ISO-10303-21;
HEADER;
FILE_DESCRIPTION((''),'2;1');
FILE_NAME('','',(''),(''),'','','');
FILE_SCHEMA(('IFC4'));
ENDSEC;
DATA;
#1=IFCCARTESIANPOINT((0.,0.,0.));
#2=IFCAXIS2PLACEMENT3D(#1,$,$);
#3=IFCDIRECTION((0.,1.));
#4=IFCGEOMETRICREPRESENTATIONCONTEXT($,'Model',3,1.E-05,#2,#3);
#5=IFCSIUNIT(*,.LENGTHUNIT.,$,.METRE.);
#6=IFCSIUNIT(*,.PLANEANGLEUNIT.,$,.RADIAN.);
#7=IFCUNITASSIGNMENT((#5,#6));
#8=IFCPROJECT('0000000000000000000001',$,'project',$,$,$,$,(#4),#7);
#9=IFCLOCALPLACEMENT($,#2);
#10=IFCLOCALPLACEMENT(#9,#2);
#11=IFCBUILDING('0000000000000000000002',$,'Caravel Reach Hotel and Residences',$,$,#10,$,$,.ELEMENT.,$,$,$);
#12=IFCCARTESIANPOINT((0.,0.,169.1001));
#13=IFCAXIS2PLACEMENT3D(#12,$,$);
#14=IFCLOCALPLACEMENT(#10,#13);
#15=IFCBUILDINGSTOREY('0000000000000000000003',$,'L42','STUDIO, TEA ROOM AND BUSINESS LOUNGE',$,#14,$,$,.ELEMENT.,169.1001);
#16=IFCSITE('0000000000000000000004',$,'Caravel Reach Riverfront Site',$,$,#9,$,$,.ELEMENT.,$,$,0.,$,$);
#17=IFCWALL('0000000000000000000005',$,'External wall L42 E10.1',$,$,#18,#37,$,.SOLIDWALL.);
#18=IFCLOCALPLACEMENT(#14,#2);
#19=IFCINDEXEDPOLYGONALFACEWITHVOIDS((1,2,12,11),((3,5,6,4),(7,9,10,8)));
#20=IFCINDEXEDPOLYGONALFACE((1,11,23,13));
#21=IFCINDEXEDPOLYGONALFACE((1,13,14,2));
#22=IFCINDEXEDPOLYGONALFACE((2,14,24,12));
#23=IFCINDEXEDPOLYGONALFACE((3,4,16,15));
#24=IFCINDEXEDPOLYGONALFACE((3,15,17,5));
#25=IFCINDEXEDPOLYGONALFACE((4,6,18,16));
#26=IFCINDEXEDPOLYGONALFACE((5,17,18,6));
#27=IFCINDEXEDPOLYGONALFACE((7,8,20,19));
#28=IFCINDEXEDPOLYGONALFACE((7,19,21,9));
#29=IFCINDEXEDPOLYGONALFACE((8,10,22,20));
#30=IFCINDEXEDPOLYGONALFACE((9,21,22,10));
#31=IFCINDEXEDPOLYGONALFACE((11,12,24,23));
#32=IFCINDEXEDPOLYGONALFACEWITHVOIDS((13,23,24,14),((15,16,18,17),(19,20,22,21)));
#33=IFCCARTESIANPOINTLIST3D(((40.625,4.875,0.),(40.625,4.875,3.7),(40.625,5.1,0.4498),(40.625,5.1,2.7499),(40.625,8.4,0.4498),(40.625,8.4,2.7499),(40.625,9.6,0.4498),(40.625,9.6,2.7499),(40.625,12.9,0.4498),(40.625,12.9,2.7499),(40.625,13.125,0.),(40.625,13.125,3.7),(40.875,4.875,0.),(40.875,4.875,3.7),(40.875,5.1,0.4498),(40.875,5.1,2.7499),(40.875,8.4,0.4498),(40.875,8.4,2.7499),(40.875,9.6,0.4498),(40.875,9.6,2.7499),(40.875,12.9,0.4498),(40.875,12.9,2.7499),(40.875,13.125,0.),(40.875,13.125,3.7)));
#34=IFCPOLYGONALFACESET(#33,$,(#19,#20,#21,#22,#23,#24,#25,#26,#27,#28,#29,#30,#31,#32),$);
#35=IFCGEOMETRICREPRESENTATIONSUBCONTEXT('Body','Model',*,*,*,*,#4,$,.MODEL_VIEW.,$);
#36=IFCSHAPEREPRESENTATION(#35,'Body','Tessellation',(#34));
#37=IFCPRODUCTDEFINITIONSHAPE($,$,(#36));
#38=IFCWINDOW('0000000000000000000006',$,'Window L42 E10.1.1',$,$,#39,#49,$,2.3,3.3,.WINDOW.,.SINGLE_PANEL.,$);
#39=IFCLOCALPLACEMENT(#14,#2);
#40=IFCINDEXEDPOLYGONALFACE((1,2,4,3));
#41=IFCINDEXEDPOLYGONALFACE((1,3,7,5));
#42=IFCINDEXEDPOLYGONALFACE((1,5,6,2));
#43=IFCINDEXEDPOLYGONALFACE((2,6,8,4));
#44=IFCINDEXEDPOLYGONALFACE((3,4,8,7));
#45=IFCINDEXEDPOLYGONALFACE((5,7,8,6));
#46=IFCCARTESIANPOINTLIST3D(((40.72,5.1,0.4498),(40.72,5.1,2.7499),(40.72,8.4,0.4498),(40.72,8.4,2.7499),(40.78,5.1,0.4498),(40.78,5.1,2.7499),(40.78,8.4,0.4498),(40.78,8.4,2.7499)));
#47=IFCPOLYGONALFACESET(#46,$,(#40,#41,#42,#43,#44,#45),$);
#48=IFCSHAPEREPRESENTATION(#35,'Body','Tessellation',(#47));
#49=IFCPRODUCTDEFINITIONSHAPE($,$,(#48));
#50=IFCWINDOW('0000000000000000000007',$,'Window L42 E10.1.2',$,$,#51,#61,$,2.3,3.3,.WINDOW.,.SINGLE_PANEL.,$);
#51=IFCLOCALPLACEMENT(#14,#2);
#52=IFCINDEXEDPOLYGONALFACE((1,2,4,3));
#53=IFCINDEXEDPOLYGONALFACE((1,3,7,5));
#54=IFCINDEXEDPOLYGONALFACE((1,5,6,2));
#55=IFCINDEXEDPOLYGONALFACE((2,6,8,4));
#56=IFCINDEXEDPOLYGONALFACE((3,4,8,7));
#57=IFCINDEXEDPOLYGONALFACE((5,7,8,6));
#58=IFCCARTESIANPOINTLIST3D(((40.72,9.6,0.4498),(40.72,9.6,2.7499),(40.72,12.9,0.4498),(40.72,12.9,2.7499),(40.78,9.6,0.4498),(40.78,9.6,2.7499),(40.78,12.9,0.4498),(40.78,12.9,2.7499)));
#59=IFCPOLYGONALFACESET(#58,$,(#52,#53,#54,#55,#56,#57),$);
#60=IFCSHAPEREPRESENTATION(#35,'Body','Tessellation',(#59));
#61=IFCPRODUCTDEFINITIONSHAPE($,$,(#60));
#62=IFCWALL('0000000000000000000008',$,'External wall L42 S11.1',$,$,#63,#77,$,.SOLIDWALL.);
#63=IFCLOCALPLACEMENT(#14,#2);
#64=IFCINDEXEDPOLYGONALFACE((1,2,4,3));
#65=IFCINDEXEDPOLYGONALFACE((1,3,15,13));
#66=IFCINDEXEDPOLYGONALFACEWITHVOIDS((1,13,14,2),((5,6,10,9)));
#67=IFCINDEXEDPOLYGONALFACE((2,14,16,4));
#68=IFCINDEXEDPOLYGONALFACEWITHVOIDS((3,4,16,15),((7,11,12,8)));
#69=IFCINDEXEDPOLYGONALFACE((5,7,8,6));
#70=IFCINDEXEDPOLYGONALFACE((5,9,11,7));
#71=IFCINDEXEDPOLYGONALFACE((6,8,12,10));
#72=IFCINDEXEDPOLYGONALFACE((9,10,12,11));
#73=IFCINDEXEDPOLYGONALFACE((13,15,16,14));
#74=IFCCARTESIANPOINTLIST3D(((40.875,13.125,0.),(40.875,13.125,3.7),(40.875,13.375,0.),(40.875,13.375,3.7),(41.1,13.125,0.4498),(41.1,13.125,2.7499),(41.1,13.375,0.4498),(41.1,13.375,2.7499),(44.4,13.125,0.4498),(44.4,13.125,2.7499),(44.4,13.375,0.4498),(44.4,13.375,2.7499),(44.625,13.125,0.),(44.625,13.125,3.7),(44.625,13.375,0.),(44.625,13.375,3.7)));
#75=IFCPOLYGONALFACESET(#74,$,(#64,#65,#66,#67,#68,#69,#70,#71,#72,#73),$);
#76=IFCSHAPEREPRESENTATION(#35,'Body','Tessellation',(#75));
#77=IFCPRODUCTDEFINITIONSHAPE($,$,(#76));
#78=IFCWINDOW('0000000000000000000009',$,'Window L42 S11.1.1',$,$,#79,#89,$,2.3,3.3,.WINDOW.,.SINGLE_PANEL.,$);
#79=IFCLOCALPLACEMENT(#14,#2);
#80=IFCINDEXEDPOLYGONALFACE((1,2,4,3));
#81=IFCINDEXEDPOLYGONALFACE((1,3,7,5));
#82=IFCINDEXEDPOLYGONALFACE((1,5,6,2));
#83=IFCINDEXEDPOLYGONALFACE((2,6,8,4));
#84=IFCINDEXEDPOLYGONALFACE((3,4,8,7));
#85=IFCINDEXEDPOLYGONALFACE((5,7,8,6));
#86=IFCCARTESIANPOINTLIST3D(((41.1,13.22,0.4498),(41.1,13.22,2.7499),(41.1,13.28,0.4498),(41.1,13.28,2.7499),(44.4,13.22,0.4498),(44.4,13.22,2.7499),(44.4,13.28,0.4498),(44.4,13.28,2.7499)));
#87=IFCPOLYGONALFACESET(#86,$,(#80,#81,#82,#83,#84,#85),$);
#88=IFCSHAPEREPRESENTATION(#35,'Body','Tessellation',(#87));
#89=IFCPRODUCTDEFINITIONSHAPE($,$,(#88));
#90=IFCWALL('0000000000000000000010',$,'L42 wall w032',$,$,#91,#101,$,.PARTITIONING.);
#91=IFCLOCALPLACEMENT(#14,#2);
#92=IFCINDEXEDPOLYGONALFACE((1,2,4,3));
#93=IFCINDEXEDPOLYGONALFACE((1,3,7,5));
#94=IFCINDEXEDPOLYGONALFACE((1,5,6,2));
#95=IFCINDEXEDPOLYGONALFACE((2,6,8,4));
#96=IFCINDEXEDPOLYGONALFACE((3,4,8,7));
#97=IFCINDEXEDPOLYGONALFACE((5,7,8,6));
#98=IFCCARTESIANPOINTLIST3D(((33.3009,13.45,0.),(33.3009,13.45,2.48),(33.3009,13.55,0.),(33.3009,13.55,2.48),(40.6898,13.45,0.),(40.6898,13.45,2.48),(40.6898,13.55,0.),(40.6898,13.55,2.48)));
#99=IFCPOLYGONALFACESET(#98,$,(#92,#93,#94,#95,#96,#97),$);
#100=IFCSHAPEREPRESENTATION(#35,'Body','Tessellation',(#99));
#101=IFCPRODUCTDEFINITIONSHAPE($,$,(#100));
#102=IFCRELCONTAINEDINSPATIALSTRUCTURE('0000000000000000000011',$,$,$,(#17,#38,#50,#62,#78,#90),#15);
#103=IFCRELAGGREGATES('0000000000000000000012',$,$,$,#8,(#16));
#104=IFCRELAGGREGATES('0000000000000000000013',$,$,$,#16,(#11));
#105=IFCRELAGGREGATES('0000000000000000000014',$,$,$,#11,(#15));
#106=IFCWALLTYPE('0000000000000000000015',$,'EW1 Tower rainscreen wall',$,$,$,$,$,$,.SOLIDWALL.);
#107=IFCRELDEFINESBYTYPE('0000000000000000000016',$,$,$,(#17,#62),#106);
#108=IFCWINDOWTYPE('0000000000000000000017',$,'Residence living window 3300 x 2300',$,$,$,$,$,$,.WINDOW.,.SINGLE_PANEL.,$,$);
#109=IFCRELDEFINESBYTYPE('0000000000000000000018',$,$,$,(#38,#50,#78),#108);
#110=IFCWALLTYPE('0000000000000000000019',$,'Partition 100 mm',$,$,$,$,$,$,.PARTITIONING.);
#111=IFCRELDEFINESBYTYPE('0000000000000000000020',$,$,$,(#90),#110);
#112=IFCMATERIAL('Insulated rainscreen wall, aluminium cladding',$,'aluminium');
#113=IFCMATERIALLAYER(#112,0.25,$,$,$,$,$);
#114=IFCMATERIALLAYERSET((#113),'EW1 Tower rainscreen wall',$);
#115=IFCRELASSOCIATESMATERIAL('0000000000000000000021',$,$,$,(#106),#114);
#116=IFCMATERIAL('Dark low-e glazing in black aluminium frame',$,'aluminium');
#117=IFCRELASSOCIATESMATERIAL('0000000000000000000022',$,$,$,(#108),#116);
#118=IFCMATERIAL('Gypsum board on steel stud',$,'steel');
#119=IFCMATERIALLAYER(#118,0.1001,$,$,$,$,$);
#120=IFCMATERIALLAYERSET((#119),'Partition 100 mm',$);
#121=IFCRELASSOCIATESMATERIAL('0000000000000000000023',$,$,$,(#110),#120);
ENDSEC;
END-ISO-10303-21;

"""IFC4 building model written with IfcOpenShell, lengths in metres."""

from ifc_helpers import new_model, si_unit, direction, frame, frame_2d, origin, place, context, subcontext, project, spatial, rectangle, extrude, material, layer, layer_set, type_object, element, fill, save


model = new_model("IFC4")

# Units and contexts
model_context = context("Model", 3, precision=1e-05, world=origin(), true_north=direction((0.0, 1.0)))
body_context = subcontext(model_context, "Body", "Model", "MODEL_VIEW")
ifc_project = project(units=[si_unit("LENGTHUNIT", "METRE"), si_unit("PLANEANGLEUNIT", "RADIAN")], contexts=[model_context])

# Site, building, storey
site_placement = place(None, origin())
site = spatial("IfcSite", under=ifc_project, at=site_placement, Name="Caravel Reach Riverfront Site", CompositionType="ELEMENT", RefElevation=0.0)
building_placement = place(site_placement, origin())
building = spatial("IfcBuilding", under=site, at=building_placement, Name="Caravel Reach Hotel and Residences", CompositionType="ELEMENT")
storey_placement = place(building_placement, frame((0.0, 0.0, 169.1001)))
storey = spatial("IfcBuildingStorey", under=building, at=storey_placement, Name="L42", Description="STUDIO, TEA ROOM AND BUSINESS LOUNGE", CompositionType="ELEMENT", Elevation=169.1001)

# Wall, openings, windows
ifc_material_1 = material(Name="Insulated rainscreen wall, aluminium cladding", Category="aluminium")
ifc_layer_1 = layer(ifc_material_1, 0.25)
ifc_layer_set_1 = layer_set([ifc_layer_1], Name="EW1 Tower rainscreen wall")
wall_type_1 = type_object("IfcWallType", Name="EW1 Tower rainscreen wall", PredefinedType="SOLIDWALL", material=ifc_layer_set_1)
wall_1_placement = place(storey_placement, frame((40.75, 4.875, 0.0), z_axis=(0.0, 0.0, 1.0), x_axis=(0.0, 1.0, 0.0)))
wall_1 = element("IfcWall", 1, at=wall_1_placement, inside=storey, type_object=wall_type_1, Name="External wall L42 E10.1", PredefinedType="SOLIDWALL", context=body_context, shape_type="SweptSolid", body=[
    extrude(rectangle(XDim=8.25, YDim=0.25, at=frame_2d((4.125, 0.0))), origin(), (0.0, 0.0, 1.0), 3.7),
])
opening_1_placement = place(wall_1_placement, frame((0.2251, 0.0, 0.45)))
opening_1 = element("IfcOpeningElement", 2, at=opening_1_placement, cuts=wall_1, PredefinedType="OPENING", context=body_context, shape_type="SweptSolid", body=[
    extrude(rectangle(XDim=3.3, YDim=2.3, at=frame_2d((1.6499, 1.1499))), frame((0.0, 0.135, 0.0), z_axis=(0.0, -1.0, 0.0), x_axis=(1.0, 0.0, 0.0)), (0.0, 0.0, 1.0), 0.27),
])
opening_2_placement = place(wall_1_placement, frame((4.7251, 0.0, 0.45)))
opening_2 = element("IfcOpeningElement", 3, at=opening_2_placement, cuts=wall_1, PredefinedType="OPENING", context=body_context, shape_type="SweptSolid", body=[
    extrude(rectangle(XDim=3.3, YDim=2.3, at=frame_2d((1.6499, 1.1499))), frame((0.0, 0.135, 0.0), z_axis=(0.0, -1.0, 0.0), x_axis=(1.0, 0.0, 0.0)), (0.0, 0.0, 1.0), 0.27),
])
ifc_material_2 = material(Name="Dark low-e glazing in black aluminium frame", Category="aluminium")
window_type = type_object("IfcWindowType", Name="Residence living window 3300 x 2300", PartitioningType="SINGLE_PANEL", PredefinedType="WINDOW", material=ifc_material_2)
window_1_placement = place(opening_1_placement, origin())
window_1 = element("IfcWindow", 4, at=window_1_placement, inside=storey, type_object=window_type, Name="Window L42 E10.1.1", OverallHeight=2.3, OverallWidth=3.3, PartitioningType="SINGLE_PANEL", PredefinedType="WINDOW", context=body_context, shape_type="SweptSolid", body=[
    extrude(rectangle(XDim=3.3, YDim=2.3, at=frame_2d((1.6499, 1.1499))), frame((0.0, 0.03, 0.0), z_axis=(0.0, -1.0, 0.0), x_axis=(1.0, 0.0, 0.0)), (0.0, 0.0, 1.0), 0.0601),
])
fill(opening_1, window_1)
window_2_placement = place(opening_2_placement, origin())
window_2 = element("IfcWindow", 5, at=window_2_placement, inside=storey, type_object=window_type, Name="Window L42 E10.1.2", OverallHeight=2.3, OverallWidth=3.3, PartitioningType="SINGLE_PANEL", PredefinedType="WINDOW", context=body_context, shape_type="SweptSolid", body=[
    extrude(rectangle(XDim=3.3, YDim=2.3, at=frame_2d((1.6499, 1.1499))), frame((0.0, 0.03, 0.0), z_axis=(0.0, -1.0, 0.0), x_axis=(1.0, 0.0, 0.0)), (0.0, 0.0, 1.0), 0.0601),
])
fill(opening_2, window_2)

# Wall, opening, window
wall_2_placement = place(storey_placement, frame((40.875, 13.25, 0.0), z_axis=(0.0, 0.0, 1.0), x_axis=(1.0, 0.0, 0.0)))
wall_2 = element("IfcWall", 6, at=wall_2_placement, inside=storey, type_object=wall_type_1, Name="External wall L42 S11.1", PredefinedType="SOLIDWALL", context=body_context, shape_type="SweptSolid", body=[
    extrude(rectangle(XDim=3.75, YDim=0.25, at=frame_2d((1.875, 0.0))), origin(), (0.0, 0.0, 1.0), 3.7),
])
opening_3_placement = place(wall_2_placement, frame((0.2251, 0.0, 0.45)))
opening_3 = element("IfcOpeningElement", 7, at=opening_3_placement, cuts=wall_2, PredefinedType="OPENING", context=body_context, shape_type="SweptSolid", body=[
    extrude(rectangle(XDim=3.3, YDim=2.3, at=frame_2d((1.6499, 1.1499))), frame((0.0, 0.135, 0.0), z_axis=(0.0, -1.0, 0.0), x_axis=(1.0, 0.0, 0.0)), (0.0, 0.0, 1.0), 0.27),
])
window_3_placement = place(opening_3_placement, origin())
window_3 = element("IfcWindow", 8, at=window_3_placement, inside=storey, type_object=window_type, Name="Window L42 S11.1.1", OverallHeight=2.3, OverallWidth=3.3, PartitioningType="SINGLE_PANEL", PredefinedType="WINDOW", context=body_context, shape_type="SweptSolid", body=[
    extrude(rectangle(XDim=3.3, YDim=2.3, at=frame_2d((1.6499, 1.1499))), frame((0.0, 0.03, 0.0), z_axis=(0.0, -1.0, 0.0), x_axis=(1.0, 0.0, 0.0)), (0.0, 0.0, 1.0), 0.0601),
])
fill(opening_3, window_3)

# Wall
ifc_material_3 = material(Name="Gypsum board on steel stud", Category="steel")
ifc_layer_2 = layer(ifc_material_3, 0.1001)
ifc_layer_set_2 = layer_set([ifc_layer_2], Name="Partition 100 mm")
wall_type_2 = type_object("IfcWallType", Name="Partition 100 mm", PredefinedType="PARTITIONING", material=ifc_layer_set_2)
wall_3_placement = place(storey_placement, frame((33.301, 13.5, 0.0), z_axis=(0.0, 0.0, 1.0), x_axis=(1.0, 0.0, 0.0)))
element("IfcWall", 9, at=wall_3_placement, inside=storey, type_object=wall_type_2, Name="L42 wall w032", PredefinedType="PARTITIONING", context=body_context, shape_type="SweptSolid", body=[
    extrude(rectangle(XDim=7.3889, YDim=0.1001, at=frame_2d((3.6943, 0.0))), origin(), (0.0, 0.0, 1.0), 2.48),
])

save(model, "model.ifc")
